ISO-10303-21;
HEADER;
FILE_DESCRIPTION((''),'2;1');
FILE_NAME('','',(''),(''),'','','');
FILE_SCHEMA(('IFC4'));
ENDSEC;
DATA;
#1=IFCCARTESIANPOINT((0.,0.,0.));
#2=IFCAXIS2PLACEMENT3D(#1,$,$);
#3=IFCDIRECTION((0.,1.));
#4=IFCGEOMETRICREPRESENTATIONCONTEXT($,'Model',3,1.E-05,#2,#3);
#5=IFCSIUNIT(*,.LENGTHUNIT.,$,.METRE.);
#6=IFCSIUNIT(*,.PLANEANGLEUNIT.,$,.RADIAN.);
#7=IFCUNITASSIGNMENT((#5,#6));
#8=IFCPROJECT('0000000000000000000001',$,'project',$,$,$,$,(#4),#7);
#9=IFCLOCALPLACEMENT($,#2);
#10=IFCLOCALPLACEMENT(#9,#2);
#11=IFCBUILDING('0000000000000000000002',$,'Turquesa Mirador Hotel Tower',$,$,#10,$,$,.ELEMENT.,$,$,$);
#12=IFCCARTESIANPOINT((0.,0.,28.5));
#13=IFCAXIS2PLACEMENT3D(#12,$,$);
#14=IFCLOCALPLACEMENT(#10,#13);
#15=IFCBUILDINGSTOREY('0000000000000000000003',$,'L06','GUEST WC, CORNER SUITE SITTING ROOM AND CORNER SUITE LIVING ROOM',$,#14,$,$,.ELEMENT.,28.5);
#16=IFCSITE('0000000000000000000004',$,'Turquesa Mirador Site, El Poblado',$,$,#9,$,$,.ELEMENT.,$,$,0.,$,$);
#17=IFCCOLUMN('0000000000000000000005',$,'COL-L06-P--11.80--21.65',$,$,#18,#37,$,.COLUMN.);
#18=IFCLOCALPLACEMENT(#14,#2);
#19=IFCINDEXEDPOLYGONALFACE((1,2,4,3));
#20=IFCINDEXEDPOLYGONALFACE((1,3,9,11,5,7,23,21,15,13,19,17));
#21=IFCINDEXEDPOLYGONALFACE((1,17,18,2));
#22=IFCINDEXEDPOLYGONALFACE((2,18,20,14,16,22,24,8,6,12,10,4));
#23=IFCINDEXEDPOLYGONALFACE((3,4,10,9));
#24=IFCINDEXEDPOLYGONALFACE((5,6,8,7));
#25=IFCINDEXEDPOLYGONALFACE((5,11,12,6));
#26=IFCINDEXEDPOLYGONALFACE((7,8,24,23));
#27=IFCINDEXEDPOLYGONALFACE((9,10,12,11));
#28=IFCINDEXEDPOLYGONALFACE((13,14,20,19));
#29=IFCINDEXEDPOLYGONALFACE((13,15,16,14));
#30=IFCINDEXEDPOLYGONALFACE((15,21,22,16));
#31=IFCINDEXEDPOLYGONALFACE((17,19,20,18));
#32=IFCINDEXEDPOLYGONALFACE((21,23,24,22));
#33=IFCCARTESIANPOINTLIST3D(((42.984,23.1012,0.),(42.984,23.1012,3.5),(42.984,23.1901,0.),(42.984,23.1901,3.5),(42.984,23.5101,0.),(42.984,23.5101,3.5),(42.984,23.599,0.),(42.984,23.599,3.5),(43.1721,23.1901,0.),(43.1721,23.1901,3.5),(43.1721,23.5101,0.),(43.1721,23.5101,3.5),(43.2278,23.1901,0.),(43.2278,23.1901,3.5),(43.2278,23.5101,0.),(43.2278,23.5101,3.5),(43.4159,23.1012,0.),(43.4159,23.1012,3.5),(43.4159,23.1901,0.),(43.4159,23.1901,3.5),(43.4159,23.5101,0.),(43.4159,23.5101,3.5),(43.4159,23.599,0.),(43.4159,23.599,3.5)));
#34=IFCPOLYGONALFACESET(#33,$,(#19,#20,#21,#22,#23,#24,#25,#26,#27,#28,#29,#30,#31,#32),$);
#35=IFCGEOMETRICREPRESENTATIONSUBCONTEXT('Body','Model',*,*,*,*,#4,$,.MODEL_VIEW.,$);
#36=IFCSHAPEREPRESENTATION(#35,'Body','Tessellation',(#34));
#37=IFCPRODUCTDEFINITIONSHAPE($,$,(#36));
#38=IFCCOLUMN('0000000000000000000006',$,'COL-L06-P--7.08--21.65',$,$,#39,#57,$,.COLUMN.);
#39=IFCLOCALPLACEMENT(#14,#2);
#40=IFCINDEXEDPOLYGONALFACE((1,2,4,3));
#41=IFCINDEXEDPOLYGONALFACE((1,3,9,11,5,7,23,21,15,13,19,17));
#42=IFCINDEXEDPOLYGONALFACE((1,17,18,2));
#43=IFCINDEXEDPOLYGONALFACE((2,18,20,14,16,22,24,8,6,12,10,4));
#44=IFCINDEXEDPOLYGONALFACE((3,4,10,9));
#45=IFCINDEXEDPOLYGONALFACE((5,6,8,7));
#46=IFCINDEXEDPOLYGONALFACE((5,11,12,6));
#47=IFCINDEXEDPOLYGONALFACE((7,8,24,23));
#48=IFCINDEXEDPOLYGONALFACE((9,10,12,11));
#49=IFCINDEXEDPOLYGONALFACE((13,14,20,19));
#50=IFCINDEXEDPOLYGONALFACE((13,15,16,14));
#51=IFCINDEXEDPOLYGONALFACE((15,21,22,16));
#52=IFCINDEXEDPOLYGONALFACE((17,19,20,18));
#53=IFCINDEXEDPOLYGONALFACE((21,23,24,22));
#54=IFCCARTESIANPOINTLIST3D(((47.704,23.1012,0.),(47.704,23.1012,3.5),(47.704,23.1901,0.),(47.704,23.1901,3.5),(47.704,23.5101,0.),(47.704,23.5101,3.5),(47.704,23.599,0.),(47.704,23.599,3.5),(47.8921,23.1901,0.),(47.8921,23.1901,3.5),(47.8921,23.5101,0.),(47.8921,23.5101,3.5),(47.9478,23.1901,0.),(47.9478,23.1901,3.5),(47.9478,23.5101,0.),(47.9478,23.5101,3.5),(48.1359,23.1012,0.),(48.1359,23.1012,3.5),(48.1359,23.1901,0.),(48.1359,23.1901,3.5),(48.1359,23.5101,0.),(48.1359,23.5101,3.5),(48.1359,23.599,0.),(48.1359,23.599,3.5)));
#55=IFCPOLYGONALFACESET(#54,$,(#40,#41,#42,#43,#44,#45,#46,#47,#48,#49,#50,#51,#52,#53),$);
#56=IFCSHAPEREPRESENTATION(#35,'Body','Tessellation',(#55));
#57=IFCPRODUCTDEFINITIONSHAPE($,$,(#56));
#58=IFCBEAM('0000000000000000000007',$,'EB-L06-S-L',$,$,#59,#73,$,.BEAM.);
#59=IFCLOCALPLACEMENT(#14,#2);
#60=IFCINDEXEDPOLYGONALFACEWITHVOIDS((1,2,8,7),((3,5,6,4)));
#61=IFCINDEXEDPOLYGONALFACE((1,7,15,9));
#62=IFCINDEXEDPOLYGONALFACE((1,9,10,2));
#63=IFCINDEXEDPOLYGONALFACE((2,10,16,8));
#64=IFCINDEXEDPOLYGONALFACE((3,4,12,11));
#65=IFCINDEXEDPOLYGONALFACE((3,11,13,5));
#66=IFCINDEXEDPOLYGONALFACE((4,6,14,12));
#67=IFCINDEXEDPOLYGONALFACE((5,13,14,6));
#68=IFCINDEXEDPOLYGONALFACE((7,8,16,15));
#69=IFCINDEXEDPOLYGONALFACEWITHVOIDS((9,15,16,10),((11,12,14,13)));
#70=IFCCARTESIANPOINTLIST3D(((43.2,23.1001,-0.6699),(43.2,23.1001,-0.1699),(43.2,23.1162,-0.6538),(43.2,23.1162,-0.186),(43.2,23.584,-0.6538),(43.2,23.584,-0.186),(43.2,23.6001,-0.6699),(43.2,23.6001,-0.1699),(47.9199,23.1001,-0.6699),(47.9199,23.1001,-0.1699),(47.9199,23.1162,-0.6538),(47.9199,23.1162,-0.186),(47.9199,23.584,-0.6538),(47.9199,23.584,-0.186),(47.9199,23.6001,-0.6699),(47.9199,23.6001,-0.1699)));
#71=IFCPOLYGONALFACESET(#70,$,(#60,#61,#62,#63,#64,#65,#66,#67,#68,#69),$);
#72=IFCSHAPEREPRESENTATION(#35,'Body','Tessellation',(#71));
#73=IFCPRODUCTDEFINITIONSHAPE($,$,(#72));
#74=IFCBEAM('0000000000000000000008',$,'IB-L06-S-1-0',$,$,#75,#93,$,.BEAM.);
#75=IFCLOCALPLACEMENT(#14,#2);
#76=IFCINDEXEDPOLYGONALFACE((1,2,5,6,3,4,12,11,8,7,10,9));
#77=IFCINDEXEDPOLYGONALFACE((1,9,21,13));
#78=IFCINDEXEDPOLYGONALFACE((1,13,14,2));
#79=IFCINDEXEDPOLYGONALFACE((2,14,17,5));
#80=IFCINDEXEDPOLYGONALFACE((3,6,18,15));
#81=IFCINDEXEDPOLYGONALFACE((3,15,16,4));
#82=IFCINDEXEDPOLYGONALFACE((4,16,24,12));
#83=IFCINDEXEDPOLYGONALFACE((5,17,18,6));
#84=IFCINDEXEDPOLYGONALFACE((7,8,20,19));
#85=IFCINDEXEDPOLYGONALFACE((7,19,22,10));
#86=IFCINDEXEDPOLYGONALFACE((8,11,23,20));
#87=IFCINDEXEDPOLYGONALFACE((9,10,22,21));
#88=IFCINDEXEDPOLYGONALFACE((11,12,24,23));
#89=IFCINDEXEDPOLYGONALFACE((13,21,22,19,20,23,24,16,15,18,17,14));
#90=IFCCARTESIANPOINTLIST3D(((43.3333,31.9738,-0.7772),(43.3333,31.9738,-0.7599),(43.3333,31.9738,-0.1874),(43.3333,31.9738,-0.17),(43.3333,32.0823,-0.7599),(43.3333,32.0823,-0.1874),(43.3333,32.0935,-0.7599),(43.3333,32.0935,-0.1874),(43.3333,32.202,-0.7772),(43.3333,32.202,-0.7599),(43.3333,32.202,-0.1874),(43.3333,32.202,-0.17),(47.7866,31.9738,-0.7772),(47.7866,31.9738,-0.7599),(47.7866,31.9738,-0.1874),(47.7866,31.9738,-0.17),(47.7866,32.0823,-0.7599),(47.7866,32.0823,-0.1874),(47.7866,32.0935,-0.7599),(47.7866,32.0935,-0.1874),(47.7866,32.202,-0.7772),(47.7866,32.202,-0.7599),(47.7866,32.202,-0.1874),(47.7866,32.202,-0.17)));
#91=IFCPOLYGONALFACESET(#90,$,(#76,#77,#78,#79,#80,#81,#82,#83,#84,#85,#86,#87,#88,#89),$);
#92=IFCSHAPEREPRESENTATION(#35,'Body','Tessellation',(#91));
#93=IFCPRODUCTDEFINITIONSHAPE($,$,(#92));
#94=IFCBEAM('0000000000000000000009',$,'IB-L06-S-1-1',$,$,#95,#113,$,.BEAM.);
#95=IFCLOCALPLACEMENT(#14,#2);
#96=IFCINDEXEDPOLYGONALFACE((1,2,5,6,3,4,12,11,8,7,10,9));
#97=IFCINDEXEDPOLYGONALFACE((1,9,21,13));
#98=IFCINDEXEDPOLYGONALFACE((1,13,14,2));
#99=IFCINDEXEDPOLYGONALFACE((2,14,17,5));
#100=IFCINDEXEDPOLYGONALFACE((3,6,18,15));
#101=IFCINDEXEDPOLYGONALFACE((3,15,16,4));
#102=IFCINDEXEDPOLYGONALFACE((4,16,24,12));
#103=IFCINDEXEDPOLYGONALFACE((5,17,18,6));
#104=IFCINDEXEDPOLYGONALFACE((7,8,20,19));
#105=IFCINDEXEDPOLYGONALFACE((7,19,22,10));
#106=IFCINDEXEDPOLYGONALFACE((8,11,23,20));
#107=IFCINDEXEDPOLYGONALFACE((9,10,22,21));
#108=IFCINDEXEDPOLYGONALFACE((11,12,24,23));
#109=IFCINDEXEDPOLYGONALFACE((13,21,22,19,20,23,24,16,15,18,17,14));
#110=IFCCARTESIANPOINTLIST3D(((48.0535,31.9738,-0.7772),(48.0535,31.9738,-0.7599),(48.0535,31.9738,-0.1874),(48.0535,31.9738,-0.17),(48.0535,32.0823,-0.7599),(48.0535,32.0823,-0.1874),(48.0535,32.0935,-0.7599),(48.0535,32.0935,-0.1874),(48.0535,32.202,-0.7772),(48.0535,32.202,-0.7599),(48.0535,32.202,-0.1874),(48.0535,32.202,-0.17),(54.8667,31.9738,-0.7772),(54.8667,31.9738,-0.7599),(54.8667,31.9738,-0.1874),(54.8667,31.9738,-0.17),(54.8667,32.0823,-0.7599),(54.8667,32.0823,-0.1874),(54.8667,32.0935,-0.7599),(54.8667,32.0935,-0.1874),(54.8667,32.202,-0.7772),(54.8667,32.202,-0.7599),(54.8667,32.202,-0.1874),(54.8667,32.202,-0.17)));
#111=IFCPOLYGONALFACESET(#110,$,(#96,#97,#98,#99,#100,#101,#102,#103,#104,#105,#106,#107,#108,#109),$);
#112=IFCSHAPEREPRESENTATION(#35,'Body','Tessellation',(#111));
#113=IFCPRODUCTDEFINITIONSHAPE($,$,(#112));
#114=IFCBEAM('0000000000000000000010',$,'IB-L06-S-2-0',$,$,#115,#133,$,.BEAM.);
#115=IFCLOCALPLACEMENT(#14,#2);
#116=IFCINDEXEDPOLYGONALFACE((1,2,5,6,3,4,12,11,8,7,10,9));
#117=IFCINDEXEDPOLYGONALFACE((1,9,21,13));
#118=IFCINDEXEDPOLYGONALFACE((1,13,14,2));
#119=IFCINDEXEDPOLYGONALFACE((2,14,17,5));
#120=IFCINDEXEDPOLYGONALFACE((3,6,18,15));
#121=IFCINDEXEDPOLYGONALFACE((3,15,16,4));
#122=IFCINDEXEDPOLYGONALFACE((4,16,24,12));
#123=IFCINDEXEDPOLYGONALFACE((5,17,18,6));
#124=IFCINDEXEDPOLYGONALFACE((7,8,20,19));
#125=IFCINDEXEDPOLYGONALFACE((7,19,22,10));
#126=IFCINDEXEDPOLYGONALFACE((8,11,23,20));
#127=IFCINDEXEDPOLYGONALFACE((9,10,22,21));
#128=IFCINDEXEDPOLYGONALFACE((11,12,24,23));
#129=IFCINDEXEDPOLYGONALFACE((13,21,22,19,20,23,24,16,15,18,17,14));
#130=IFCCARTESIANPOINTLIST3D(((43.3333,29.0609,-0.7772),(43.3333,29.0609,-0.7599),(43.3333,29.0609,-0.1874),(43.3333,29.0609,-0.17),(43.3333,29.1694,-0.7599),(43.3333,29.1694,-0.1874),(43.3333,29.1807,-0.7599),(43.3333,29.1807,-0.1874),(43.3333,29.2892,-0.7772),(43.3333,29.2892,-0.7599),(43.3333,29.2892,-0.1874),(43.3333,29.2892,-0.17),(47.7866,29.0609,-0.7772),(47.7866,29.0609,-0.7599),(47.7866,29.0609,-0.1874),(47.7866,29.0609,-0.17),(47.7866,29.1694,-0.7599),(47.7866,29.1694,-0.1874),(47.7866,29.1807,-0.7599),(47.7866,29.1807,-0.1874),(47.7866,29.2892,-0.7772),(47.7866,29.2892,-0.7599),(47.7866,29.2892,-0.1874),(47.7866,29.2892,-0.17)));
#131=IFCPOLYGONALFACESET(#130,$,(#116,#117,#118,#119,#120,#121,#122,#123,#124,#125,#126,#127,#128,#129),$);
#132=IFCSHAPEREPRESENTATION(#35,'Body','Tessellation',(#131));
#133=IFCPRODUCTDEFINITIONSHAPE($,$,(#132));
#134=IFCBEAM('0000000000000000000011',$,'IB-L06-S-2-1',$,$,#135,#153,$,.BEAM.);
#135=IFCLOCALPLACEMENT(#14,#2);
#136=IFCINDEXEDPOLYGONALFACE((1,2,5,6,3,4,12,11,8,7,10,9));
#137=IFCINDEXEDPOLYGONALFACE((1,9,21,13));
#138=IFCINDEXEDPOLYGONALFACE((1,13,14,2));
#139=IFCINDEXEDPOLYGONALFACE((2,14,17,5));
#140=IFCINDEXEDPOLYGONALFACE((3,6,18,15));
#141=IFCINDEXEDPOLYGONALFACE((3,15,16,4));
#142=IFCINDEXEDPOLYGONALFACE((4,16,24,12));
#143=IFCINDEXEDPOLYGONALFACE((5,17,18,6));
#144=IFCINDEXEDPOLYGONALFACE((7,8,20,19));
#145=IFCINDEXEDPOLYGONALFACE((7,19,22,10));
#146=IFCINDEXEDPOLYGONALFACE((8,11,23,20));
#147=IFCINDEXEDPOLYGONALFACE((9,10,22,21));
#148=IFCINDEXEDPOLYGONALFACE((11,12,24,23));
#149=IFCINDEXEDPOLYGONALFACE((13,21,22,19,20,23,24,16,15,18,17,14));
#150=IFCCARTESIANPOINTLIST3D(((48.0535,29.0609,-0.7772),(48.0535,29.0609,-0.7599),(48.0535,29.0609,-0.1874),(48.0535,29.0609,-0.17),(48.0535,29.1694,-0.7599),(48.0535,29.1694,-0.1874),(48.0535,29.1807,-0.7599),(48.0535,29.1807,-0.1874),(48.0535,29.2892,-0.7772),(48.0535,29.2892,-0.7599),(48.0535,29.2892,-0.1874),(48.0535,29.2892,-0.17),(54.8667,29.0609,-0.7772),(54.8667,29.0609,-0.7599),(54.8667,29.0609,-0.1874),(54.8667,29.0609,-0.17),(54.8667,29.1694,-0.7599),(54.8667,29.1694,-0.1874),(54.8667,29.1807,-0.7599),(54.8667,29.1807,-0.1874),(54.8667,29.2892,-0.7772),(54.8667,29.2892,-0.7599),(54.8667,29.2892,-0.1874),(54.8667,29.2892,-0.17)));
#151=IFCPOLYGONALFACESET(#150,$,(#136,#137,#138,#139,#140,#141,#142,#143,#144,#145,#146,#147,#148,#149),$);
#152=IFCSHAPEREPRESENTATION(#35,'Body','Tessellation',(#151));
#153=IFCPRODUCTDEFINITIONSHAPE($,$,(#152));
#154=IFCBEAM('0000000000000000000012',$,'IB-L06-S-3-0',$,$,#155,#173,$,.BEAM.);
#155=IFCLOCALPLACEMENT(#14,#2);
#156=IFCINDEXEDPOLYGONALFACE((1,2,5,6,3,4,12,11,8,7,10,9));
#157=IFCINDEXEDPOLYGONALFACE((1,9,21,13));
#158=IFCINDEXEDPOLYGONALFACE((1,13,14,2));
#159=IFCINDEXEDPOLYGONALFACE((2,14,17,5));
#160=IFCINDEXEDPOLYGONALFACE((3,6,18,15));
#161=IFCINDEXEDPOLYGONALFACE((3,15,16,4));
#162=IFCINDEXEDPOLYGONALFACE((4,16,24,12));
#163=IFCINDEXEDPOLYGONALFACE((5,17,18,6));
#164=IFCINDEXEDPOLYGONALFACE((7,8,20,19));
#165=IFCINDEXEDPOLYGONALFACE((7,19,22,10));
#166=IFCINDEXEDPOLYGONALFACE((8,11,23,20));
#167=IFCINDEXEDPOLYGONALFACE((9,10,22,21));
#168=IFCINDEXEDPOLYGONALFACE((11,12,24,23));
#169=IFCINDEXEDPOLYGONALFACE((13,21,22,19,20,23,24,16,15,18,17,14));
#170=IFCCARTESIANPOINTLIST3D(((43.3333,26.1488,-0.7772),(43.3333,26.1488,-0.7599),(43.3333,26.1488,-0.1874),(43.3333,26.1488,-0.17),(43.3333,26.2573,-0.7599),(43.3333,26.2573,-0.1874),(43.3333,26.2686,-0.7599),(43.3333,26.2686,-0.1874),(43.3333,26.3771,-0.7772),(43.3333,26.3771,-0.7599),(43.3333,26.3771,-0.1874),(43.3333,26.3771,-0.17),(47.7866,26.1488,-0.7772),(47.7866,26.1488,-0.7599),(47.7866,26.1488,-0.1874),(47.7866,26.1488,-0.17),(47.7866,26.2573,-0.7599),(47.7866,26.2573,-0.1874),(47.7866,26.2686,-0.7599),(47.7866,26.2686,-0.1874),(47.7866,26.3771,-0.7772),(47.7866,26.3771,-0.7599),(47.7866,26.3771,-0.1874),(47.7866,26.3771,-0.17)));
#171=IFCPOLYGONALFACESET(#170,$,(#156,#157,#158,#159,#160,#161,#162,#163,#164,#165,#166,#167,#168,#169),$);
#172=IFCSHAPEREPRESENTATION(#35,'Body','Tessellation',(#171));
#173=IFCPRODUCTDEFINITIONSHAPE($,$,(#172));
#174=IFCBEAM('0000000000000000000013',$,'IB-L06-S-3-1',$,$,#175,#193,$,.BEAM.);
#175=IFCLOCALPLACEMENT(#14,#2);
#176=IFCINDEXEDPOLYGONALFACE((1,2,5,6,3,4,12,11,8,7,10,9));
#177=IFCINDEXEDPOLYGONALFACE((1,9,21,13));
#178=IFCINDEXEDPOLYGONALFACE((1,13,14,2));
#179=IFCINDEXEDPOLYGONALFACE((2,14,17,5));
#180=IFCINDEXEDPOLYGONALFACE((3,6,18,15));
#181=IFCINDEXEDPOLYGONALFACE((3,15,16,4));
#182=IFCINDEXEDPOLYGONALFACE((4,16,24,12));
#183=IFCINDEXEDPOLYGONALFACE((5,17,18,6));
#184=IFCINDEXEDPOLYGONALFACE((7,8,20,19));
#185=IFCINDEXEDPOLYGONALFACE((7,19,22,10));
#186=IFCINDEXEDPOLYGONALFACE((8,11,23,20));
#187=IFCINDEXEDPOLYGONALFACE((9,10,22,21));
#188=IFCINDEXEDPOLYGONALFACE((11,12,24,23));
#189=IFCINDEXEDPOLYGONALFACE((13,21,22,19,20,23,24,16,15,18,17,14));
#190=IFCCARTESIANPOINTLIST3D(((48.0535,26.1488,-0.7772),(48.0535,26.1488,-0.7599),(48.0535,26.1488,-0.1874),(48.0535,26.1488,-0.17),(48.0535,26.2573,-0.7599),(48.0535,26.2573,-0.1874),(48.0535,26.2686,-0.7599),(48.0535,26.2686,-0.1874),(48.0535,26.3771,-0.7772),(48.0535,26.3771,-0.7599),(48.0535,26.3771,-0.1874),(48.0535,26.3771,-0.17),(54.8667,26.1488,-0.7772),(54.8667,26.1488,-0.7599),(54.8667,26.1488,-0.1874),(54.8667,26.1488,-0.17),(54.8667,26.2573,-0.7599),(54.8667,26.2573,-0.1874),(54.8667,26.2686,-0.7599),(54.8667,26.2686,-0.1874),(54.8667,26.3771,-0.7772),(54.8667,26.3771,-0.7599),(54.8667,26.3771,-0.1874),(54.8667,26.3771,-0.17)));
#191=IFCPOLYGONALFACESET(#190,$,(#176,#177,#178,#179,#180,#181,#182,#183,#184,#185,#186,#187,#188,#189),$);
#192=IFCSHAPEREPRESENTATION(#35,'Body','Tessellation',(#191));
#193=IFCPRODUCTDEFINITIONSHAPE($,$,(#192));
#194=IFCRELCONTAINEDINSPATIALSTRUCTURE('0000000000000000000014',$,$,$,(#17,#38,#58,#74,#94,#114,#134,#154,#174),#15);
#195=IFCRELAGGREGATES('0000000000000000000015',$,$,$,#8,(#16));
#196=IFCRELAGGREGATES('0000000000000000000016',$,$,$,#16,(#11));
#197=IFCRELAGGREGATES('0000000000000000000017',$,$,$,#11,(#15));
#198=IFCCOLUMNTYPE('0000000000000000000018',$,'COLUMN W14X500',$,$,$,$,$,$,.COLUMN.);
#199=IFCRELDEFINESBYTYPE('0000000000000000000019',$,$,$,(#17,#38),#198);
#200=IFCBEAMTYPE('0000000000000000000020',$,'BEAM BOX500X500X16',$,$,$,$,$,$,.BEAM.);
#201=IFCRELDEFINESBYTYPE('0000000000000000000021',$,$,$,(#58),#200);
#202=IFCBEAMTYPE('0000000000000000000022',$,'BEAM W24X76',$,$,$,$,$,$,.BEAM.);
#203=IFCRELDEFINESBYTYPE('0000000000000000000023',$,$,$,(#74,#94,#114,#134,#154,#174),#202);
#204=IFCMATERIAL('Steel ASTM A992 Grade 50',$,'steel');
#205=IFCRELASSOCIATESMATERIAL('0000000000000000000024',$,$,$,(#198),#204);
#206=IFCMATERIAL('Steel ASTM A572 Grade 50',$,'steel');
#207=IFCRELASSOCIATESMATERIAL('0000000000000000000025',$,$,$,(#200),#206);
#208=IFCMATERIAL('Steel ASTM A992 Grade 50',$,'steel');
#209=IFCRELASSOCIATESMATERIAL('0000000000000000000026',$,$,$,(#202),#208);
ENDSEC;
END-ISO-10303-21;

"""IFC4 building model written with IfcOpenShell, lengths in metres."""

from ifc_helpers import new_model, si_unit, direction, frame, origin, origin_2d, place, context, subcontext, project, spatial, hollow_rectangle, i_section, extrude, material, material_profile, profile_set, type_object, element, save


model = new_model("IFC4")

# Units and contexts
model_context = context("Model", 3, precision=1e-05, world=origin(), true_north=direction((0.0, 1.0)))
body_context = subcontext(model_context, "Body", "Model", "MODEL_VIEW")
ifc_project = project(units=[si_unit("LENGTHUNIT", "METRE"), si_unit("PLANEANGLEUNIT", "RADIAN")], contexts=[model_context])

# Site, building, storey
site_placement = place(None, origin())
site = spatial("IfcSite", under=ifc_project, at=site_placement, Name="Turquesa Mirador Site, El Poblado", CompositionType="ELEMENT", RefElevation=0.0)
building_placement = place(site_placement, origin())
building = spatial("IfcBuilding", under=site, at=building_placement, Name="Turquesa Mirador Hotel Tower", CompositionType="ELEMENT")
storey_placement = place(building_placement, frame((0.0, 0.0, 28.5)))
storey = spatial("IfcBuildingStorey", under=building, at=storey_placement, Name="L06", Description="GUEST WC, CORNER SUITE SITTING ROOM AND CORNER SUITE LIVING ROOM", CompositionType="ELEMENT", Elevation=28.5)

# Columns
ifc_material_1 = material(Name="Steel ASTM A992 Grade 50", Category="steel")
ifc_material_profile_1 = material_profile(ifc_material_1, i_section(OverallWidth=0.4319, OverallDepth=0.4978, WebThickness=0.0557, FlangeThickness=0.0889, at=origin_2d()), Name="W14X500")
ifc_profile_set_1 = profile_set([ifc_material_profile_1], Name="Steel ASTM A992 Grade 50")
column_type = type_object("IfcColumnType", Name="COLUMN W14X500", PredefinedType="COLUMN", material=ifc_profile_set_1)
for number, where, z_axis, x_axis, name in (
    (1, (43.2, 23.3501, 0.0), (0.0, 0.0, 1.0), (1.0, 0.0, 0.0), "COL-L06-P--11.80--21.65"),
    (2, (47.9199, 23.3501, 0.0), (0.0, 0.0, 1.0), (1.0, 0.0, 0.0), "COL-L06-P--7.08--21.65"),
):
    element("IfcColumn", number, at=place(storey_placement, frame(where, z_axis=z_axis, x_axis=x_axis)), inside=storey, type_object=column_type, Name=name, PredefinedType="COLUMN", context=body_context, shape_type="SweptSolid", body=[
        extrude(i_section(OverallWidth=0.4319, OverallDepth=0.4978, WebThickness=0.0557, FlangeThickness=0.0889, at=origin_2d()), origin(), (0.0, 0.0, 1.0), 3.5),
    ])

# Beams
ifc_material_2 = material(Name="Steel ASTM A572 Grade 50", Category="steel")
ifc_material_profile_2 = material_profile(ifc_material_2, hollow_rectangle(XDim=0.5, YDim=0.5, WallThickness=0.0161, at=origin_2d()), Name="BOX500X500X16")
ifc_profile_set_2 = profile_set([ifc_material_profile_2], Name="Steel ASTM A572 Grade 50")
beam_type_1 = type_object("IfcBeamType", Name="BEAM BOX500X500X16", PredefinedType="BEAM", material=ifc_profile_set_2)
beam_1_placement = place(storey_placement, frame((43.2, 23.3501, -0.4199), z_axis=(1.0, 0.0, 0.0), x_axis=(0.0, 1.0, 0.0)))
element("IfcBeam", 3, at=beam_1_placement, inside=storey, type_object=beam_type_1, Name="EB-L06-S-L", PredefinedType="BEAM", context=body_context, shape_type="SweptSolid", body=[
    extrude(hollow_rectangle(XDim=0.5, YDim=0.5, WallThickness=0.0161, at=origin_2d()), origin(), (0.0, 0.0, 1.0), 4.72),
])
ifc_material_3 = material(Name="Steel ASTM A992 Grade 50", Category="steel")
ifc_material_profile_3 = material_profile(ifc_material_3, i_section(OverallWidth=0.2283, OverallDepth=0.6072, WebThickness=0.0112, FlangeThickness=0.0173, at=origin_2d()), Name="W24X76")
ifc_profile_set_3 = profile_set([ifc_material_profile_3], Name="Steel ASTM A992 Grade 50")
beam_type_2 = type_object("IfcBeamType", Name="BEAM W24X76", PredefinedType="BEAM", material=ifc_profile_set_3)
beam_2_placement = place(storey_placement, frame((43.3333, 32.0879, -0.4736), z_axis=(1.0, 0.0, 0.0), x_axis=(0.0, 1.0, 0.0)))
element("IfcBeam", 4, at=beam_2_placement, inside=storey, type_object=beam_type_2, Name="IB-L06-S-1-0", PredefinedType="BEAM", context=body_context, shape_type="SweptSolid", body=[
    extrude(i_section(OverallWidth=0.2283, OverallDepth=0.6072, WebThickness=0.0112, FlangeThickness=0.0173, at=origin_2d()), origin(), (0.0, 0.0, 1.0), 4.4534),
])
beam_3_placement = place(storey_placement, frame((48.0535, 32.0879, -0.4736), z_axis=(1.0, 0.0, 0.0), x_axis=(0.0, 1.0, 0.0)))
element("IfcBeam", 5, at=beam_3_placement, inside=storey, type_object=beam_type_2, Name="IB-L06-S-1-1", PredefinedType="BEAM", context=body_context, shape_type="SweptSolid", body=[
    extrude(i_section(OverallWidth=0.2283, OverallDepth=0.6072, WebThickness=0.0112, FlangeThickness=0.0173, at=origin_2d()), origin(), (0.0, 0.0, 1.0), 6.8132),
])
beam_4_placement = place(storey_placement, frame((43.3333, 29.175, -0.4736), z_axis=(1.0, 0.0, 0.0), x_axis=(0.0, 1.0, 0.0)))
element("IfcBeam", 6, at=beam_4_placement, inside=storey, type_object=beam_type_2, Name="IB-L06-S-2-0", PredefinedType="BEAM", context=body_context, shape_type="SweptSolid", body=[
    extrude(i_section(OverallWidth=0.2283, OverallDepth=0.6072, WebThickness=0.0112, FlangeThickness=0.0173, at=origin_2d()), origin(), (0.0, 0.0, 1.0), 4.4534),
])
beam_5_placement = place(storey_placement, frame((48.0535, 29.175, -0.4736), z_axis=(1.0, 0.0, 0.0), x_axis=(0.0, 1.0, 0.0)))
element("IfcBeam", 7, at=beam_5_placement, inside=storey, type_object=beam_type_2, Name="IB-L06-S-2-1", PredefinedType="BEAM", context=body_context, shape_type="SweptSolid", body=[
    extrude(i_section(OverallWidth=0.2283, OverallDepth=0.6072, WebThickness=0.0112, FlangeThickness=0.0173, at=origin_2d()), origin(), (0.0, 0.0, 1.0), 6.8132),
])
beam_6_placement = place(storey_placement, frame((43.3333, 26.2629, -0.4736), z_axis=(1.0, 0.0, 0.0), x_axis=(0.0, 1.0, 0.0)))
element("IfcBeam", 8, at=beam_6_placement, inside=storey, type_object=beam_type_2, Name="IB-L06-S-3-0", PredefinedType="BEAM", context=body_context, shape_type="SweptSolid", body=[
    extrude(i_section(OverallWidth=0.2283, OverallDepth=0.6072, WebThickness=0.0112, FlangeThickness=0.0173, at=origin_2d()), origin(), (0.0, 0.0, 1.0), 4.4534),
])
beam_7_placement = place(storey_placement, frame((48.0535, 26.2629, -0.4736), z_axis=(1.0, 0.0, 0.0), x_axis=(0.0, 1.0, 0.0)))
element("IfcBeam", 9, at=beam_7_placement, inside=storey, type_object=beam_type_2, Name="IB-L06-S-3-1", PredefinedType="BEAM", context=body_context, shape_type="SweptSolid", body=[
    extrude(i_section(OverallWidth=0.2283, OverallDepth=0.6072, WebThickness=0.0112, FlangeThickness=0.0173, at=origin_2d()), origin(), (0.0, 0.0, 1.0), 6.8132),
])

save(model, "model.ifc")
